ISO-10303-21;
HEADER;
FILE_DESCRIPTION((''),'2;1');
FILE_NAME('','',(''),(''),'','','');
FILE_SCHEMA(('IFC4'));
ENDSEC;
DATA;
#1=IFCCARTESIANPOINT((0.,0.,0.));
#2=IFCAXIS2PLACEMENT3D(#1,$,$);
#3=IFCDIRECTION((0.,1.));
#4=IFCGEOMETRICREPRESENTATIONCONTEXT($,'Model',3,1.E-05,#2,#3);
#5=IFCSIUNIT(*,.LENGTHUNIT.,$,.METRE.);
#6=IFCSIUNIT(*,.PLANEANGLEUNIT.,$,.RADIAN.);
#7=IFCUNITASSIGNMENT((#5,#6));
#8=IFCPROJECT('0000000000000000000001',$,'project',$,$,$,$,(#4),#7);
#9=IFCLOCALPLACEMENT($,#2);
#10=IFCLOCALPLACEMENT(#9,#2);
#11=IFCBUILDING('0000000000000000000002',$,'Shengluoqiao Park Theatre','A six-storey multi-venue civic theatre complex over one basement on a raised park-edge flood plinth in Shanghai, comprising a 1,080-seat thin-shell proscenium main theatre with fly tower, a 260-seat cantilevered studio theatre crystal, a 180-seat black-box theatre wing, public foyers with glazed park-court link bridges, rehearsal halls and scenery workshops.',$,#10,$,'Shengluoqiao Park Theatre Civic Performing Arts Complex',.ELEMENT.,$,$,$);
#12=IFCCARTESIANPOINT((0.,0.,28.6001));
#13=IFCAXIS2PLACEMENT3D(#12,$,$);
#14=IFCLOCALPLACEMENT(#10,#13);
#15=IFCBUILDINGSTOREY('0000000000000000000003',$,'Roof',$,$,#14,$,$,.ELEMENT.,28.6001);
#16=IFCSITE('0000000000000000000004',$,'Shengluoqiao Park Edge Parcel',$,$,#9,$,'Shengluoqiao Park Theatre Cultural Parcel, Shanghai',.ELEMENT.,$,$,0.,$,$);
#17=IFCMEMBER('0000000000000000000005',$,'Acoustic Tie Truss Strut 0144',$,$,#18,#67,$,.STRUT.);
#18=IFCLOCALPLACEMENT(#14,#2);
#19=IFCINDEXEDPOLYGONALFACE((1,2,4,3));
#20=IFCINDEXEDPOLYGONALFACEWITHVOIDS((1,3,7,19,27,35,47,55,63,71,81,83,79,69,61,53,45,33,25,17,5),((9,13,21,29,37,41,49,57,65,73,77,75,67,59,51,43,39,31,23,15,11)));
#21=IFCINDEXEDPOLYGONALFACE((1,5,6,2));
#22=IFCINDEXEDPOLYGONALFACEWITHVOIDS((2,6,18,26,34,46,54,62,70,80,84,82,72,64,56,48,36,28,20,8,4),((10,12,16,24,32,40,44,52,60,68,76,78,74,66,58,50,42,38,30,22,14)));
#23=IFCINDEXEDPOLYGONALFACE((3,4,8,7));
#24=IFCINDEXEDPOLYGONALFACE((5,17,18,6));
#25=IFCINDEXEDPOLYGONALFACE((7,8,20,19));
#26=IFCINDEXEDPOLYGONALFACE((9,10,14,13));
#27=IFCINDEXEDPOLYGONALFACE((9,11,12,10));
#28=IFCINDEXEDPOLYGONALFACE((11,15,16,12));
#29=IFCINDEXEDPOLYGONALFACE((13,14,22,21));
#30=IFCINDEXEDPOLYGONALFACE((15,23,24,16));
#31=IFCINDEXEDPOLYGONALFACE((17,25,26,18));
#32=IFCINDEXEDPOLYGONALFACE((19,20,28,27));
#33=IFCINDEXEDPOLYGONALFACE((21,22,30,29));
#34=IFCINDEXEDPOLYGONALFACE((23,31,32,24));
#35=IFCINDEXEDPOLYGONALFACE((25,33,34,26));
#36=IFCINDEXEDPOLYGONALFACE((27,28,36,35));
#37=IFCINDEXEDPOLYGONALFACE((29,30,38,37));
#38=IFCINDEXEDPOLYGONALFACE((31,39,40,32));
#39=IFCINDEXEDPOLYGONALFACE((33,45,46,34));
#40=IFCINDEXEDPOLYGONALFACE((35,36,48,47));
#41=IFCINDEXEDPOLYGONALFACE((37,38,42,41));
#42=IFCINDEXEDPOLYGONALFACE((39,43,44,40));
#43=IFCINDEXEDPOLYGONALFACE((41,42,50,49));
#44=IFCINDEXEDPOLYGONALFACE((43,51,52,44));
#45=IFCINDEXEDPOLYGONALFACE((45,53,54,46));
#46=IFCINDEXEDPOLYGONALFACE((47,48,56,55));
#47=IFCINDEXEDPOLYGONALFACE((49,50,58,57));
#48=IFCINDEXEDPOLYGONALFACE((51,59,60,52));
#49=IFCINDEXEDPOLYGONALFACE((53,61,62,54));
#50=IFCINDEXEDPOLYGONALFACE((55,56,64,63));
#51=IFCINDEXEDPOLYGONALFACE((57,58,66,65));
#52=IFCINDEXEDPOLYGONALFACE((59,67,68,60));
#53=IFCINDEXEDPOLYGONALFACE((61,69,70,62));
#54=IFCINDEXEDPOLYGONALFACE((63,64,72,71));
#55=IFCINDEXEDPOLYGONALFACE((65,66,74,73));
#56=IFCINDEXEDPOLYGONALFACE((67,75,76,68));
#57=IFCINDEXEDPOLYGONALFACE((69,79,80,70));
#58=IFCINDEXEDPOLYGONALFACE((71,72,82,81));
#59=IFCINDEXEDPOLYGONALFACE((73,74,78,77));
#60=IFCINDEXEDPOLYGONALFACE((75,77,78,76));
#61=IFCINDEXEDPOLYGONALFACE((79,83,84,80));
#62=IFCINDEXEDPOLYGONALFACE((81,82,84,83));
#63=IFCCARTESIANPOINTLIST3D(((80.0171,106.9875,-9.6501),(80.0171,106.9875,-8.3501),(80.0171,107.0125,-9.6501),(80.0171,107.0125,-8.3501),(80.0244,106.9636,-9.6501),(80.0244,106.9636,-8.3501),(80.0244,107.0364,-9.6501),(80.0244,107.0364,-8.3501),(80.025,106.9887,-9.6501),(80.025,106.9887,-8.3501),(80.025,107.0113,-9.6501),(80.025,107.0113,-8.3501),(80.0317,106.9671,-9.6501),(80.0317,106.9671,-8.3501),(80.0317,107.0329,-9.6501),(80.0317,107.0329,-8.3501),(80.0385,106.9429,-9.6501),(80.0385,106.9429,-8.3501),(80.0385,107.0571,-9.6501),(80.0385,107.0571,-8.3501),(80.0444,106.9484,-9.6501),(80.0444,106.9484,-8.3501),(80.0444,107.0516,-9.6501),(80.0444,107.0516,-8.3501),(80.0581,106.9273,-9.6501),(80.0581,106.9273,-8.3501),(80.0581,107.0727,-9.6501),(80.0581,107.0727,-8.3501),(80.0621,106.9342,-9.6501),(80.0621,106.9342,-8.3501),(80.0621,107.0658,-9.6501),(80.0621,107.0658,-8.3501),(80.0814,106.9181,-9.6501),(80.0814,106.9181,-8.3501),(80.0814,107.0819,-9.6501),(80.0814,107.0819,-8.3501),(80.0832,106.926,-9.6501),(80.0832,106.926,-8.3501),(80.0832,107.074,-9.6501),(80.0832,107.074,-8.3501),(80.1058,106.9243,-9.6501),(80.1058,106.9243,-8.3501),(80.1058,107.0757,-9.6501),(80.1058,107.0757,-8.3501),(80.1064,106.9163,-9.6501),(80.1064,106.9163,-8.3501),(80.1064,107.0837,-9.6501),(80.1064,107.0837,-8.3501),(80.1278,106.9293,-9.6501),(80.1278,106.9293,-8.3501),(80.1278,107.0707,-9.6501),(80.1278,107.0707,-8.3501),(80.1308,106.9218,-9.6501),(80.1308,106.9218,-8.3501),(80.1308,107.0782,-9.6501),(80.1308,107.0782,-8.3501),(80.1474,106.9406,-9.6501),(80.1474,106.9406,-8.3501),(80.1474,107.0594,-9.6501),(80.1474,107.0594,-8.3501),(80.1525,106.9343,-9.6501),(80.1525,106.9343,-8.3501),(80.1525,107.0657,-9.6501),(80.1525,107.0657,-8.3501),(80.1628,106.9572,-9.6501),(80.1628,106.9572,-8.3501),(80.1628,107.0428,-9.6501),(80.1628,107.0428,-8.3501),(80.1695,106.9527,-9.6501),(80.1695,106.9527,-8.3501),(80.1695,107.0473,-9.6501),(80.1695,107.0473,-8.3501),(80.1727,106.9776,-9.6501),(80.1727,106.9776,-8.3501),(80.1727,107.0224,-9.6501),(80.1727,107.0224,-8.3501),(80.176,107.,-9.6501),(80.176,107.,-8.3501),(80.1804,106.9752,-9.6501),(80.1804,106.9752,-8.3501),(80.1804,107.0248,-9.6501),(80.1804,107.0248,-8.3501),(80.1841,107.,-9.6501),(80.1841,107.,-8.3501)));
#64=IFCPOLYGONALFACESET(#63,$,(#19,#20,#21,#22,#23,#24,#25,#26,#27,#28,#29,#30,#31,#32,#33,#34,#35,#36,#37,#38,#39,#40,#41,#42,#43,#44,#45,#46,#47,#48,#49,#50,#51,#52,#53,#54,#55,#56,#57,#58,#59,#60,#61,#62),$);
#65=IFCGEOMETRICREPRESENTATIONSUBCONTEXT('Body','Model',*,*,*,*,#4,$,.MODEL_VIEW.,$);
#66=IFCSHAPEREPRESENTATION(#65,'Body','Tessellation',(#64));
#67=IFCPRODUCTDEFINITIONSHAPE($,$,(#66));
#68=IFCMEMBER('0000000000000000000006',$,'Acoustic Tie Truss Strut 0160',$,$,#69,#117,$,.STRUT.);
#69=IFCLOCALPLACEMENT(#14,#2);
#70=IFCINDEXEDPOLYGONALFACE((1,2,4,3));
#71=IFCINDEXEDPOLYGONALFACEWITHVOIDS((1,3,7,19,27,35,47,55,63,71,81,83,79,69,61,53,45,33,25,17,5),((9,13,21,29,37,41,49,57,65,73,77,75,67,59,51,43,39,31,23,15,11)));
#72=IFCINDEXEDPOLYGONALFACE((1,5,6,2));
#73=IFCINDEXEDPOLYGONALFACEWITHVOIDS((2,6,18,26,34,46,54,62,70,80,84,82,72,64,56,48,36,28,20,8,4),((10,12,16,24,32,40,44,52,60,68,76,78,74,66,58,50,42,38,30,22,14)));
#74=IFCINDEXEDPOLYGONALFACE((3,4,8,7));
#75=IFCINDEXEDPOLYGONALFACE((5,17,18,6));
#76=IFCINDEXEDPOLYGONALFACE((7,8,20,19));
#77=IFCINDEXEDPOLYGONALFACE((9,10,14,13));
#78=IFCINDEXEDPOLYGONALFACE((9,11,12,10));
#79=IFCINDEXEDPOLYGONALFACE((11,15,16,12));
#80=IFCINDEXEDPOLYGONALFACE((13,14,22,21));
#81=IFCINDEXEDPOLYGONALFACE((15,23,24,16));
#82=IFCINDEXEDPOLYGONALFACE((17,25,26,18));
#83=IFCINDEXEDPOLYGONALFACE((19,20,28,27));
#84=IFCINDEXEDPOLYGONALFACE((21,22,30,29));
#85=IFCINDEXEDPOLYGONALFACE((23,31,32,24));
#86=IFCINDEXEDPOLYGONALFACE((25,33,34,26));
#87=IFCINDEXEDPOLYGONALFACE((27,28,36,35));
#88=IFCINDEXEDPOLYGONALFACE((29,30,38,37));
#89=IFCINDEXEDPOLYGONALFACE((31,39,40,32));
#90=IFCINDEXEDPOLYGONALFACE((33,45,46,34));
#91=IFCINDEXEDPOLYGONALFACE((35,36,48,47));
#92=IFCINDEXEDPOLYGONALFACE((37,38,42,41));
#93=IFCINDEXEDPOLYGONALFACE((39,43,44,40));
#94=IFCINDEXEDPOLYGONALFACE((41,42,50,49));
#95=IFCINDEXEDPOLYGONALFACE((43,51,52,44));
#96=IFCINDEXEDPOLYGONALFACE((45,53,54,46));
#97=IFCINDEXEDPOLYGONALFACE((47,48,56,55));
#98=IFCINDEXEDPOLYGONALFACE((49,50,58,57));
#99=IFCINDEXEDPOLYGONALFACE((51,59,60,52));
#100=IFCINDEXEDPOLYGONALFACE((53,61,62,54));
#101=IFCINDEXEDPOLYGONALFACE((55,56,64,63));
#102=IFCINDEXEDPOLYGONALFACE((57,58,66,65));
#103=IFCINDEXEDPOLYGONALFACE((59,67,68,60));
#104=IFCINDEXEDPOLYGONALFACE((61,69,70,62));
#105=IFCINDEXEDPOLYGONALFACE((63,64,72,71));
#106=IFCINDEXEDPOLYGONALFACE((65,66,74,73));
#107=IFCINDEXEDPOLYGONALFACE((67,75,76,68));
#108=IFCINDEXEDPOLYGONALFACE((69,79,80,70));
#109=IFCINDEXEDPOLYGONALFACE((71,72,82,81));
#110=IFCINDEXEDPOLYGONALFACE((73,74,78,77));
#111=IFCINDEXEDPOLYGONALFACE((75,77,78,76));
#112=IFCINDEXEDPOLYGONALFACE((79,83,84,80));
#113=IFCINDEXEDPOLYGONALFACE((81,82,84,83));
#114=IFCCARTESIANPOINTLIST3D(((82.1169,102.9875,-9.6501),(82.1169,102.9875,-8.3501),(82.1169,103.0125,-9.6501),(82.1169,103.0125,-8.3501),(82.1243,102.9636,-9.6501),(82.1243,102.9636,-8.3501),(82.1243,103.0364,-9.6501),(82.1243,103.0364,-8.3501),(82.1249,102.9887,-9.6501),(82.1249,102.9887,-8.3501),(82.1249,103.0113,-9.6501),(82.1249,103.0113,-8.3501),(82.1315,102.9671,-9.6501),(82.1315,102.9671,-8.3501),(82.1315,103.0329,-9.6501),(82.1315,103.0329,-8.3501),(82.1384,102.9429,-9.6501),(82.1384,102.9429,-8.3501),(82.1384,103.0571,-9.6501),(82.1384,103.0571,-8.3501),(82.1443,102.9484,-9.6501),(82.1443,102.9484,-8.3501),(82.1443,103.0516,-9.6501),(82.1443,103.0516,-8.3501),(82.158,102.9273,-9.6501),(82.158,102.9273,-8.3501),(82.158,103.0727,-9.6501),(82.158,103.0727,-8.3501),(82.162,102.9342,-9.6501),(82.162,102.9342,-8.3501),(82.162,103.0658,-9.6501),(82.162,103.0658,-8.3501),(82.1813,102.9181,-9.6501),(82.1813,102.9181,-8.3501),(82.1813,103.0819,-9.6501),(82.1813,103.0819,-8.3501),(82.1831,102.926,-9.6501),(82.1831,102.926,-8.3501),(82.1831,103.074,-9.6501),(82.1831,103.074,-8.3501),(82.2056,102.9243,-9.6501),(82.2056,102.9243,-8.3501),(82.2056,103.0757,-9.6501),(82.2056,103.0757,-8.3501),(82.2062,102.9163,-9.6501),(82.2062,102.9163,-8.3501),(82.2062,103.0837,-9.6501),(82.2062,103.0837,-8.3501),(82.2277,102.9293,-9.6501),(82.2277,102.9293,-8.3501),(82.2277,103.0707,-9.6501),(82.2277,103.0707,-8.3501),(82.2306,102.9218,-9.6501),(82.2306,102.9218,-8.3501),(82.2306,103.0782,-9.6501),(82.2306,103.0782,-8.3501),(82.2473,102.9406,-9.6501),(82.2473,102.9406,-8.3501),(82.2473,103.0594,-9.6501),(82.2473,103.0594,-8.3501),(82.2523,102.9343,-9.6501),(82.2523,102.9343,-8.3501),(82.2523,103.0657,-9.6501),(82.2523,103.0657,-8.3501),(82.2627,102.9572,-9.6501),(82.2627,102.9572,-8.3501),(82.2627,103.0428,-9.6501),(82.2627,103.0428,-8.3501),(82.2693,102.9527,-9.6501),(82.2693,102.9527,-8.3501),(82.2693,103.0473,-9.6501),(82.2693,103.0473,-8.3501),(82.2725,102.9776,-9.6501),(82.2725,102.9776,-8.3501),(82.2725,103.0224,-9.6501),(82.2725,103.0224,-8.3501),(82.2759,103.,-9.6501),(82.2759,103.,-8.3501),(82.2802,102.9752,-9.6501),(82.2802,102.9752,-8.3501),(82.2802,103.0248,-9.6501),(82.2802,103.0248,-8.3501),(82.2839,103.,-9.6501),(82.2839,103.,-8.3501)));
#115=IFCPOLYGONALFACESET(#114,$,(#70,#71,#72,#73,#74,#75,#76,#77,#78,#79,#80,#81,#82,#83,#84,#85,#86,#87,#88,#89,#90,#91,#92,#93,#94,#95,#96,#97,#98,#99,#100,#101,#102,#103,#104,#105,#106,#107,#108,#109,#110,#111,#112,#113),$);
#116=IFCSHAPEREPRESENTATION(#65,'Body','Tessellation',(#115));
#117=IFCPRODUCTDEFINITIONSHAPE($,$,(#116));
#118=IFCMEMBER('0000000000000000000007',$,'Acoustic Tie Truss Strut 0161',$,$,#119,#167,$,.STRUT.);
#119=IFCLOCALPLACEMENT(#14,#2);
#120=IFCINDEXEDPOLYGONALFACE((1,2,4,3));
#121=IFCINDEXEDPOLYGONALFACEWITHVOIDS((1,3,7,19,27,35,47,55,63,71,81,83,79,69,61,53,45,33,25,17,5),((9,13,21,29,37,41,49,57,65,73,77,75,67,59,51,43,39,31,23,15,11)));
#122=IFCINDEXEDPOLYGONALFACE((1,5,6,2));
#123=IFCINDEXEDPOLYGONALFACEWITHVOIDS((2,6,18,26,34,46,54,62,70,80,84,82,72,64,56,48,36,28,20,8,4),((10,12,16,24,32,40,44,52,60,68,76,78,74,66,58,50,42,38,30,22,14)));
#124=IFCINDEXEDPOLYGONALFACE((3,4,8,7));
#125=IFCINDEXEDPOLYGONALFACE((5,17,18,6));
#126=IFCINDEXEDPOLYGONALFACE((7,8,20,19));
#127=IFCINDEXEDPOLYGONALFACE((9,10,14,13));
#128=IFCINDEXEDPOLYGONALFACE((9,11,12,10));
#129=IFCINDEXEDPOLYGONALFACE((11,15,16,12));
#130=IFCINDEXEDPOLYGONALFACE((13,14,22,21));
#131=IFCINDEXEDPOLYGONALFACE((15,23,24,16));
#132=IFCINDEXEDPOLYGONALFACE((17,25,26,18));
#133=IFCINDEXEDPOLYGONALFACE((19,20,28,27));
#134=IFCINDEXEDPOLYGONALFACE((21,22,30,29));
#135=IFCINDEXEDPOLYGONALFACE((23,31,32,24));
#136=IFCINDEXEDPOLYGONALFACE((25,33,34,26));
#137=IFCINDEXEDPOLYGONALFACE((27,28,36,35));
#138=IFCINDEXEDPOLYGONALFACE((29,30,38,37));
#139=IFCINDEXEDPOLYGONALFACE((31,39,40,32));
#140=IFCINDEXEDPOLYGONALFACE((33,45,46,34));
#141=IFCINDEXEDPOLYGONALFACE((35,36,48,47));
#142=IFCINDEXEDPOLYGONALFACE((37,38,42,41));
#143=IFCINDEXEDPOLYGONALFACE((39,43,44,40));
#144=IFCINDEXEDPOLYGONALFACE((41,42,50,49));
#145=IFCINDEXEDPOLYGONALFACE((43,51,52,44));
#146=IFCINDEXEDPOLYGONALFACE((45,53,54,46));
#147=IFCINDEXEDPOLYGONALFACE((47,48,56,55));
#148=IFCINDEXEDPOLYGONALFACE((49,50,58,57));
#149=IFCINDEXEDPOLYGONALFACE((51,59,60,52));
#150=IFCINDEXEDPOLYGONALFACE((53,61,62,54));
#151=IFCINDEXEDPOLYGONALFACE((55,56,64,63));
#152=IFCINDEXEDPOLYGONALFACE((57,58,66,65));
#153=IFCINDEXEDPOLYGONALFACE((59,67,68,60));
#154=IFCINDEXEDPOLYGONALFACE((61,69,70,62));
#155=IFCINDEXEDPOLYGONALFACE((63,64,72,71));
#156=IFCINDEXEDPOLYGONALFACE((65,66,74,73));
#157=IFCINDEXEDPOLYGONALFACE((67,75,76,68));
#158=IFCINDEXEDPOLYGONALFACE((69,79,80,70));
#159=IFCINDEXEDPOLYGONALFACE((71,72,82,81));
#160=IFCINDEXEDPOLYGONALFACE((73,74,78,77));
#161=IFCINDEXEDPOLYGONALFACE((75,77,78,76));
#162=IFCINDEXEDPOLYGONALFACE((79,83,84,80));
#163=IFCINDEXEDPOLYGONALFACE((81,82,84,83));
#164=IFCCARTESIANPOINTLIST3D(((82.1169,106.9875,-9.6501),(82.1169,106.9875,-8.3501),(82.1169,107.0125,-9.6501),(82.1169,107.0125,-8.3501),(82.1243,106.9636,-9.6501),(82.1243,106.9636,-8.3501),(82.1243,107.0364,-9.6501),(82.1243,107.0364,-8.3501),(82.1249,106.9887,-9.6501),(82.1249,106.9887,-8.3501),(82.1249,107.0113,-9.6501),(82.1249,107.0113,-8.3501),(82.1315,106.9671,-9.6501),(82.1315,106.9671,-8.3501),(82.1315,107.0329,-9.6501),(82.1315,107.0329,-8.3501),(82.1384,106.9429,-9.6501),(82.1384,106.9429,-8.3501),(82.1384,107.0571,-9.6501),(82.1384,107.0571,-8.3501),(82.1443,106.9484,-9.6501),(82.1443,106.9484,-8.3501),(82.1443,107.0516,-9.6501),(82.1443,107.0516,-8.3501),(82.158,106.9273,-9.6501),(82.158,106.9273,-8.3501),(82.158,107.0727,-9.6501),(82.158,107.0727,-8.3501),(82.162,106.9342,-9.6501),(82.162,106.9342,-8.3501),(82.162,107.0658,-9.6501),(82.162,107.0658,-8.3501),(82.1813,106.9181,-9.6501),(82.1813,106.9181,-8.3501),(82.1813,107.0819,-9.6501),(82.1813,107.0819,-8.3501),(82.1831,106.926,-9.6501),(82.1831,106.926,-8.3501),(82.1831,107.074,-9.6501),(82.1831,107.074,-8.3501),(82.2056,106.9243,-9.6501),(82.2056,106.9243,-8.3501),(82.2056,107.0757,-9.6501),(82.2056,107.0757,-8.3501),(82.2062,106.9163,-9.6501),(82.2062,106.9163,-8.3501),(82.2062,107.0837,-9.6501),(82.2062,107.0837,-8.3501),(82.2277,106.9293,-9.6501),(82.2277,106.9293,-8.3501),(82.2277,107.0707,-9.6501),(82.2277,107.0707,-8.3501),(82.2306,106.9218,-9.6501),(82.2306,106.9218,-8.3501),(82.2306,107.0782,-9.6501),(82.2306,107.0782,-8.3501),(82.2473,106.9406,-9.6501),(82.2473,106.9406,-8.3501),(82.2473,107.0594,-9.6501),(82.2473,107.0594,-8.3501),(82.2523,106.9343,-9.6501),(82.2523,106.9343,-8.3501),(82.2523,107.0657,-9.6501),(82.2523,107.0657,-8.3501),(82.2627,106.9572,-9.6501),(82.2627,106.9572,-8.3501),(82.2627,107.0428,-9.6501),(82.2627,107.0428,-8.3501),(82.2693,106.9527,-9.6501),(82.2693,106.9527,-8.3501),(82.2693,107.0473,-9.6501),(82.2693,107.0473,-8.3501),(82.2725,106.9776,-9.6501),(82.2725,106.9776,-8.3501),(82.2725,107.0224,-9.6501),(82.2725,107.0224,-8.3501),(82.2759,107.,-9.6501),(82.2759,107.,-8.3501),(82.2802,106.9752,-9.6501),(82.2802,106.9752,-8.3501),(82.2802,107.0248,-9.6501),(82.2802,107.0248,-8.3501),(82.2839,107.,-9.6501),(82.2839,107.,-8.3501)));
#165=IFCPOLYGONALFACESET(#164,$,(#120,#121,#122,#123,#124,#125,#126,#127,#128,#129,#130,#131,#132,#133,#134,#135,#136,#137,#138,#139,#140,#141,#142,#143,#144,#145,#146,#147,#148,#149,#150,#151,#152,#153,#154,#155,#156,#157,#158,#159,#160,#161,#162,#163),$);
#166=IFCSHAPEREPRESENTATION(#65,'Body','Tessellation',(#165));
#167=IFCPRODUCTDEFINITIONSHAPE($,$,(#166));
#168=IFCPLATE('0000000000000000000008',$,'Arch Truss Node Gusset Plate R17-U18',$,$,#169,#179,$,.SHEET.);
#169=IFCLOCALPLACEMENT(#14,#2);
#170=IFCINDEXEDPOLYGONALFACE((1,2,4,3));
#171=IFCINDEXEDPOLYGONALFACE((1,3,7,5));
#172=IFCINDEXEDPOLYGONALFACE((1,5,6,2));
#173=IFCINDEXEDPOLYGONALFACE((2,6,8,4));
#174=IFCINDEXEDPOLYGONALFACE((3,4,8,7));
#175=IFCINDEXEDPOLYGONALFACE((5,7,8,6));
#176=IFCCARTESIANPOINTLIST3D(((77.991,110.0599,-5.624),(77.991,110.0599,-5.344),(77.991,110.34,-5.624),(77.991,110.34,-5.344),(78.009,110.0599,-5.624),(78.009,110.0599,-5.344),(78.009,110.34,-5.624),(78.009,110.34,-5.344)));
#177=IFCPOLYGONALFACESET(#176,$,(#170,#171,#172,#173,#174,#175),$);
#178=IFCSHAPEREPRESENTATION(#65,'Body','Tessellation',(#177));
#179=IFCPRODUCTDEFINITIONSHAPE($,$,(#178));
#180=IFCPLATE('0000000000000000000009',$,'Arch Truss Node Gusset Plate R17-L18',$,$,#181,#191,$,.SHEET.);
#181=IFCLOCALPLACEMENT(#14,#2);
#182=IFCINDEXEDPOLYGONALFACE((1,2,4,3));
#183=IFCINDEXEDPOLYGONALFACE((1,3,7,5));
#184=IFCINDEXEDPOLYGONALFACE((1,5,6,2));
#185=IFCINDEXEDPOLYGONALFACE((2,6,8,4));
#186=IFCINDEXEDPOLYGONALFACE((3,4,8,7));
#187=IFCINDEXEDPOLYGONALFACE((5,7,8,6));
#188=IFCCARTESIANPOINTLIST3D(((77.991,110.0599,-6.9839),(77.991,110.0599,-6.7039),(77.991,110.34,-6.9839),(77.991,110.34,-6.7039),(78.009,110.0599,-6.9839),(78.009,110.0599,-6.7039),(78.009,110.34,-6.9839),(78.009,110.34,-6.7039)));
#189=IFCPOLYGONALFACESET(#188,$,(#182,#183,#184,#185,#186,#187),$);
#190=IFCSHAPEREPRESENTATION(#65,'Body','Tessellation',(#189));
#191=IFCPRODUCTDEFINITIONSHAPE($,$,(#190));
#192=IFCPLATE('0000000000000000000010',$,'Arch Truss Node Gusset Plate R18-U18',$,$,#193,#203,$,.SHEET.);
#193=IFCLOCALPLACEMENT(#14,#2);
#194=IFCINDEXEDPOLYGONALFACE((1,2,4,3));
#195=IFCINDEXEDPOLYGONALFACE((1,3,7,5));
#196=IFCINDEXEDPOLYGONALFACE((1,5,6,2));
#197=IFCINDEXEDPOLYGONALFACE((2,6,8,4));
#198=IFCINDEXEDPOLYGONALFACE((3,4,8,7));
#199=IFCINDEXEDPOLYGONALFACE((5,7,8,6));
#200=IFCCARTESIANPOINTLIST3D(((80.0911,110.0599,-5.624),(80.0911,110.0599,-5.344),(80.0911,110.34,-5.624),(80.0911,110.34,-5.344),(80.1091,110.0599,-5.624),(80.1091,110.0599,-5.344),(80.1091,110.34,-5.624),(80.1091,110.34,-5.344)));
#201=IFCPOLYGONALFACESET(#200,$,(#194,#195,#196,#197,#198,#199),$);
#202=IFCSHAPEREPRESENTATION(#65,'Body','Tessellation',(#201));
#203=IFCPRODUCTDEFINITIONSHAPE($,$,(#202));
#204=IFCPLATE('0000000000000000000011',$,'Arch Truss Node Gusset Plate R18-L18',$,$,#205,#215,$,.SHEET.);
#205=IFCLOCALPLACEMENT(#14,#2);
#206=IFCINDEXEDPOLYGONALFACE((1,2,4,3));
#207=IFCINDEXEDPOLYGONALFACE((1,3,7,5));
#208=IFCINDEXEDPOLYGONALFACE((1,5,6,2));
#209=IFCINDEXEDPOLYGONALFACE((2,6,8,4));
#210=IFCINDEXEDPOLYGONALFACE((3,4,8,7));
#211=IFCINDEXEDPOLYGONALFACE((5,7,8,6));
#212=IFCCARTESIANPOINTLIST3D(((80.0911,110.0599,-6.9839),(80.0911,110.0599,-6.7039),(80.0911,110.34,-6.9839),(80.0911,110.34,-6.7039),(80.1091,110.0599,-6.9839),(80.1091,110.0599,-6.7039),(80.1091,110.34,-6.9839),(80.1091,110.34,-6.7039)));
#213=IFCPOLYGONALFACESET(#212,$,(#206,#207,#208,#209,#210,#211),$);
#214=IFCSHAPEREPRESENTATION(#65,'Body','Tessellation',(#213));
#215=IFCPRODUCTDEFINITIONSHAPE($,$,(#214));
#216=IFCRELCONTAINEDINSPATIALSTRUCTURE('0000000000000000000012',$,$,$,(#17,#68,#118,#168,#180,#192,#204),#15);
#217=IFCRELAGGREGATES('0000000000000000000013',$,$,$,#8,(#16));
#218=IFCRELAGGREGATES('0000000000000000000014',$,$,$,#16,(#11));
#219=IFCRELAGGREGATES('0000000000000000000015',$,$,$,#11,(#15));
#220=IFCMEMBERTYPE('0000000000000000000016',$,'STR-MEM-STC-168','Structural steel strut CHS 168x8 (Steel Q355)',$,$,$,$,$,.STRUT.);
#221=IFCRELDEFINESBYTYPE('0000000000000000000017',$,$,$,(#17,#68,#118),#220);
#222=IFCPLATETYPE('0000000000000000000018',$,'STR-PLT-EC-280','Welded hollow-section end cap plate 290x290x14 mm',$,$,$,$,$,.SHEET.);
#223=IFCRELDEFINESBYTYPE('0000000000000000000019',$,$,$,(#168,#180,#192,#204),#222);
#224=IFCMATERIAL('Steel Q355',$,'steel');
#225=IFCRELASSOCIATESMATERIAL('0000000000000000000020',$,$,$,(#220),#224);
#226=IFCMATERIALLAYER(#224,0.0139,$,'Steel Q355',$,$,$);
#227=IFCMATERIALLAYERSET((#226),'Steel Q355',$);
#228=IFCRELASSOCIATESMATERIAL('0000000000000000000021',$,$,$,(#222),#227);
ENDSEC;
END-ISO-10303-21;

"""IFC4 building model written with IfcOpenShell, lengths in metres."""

from ifc_helpers import new_model, si_unit, direction, frame, origin, origin_2d, place, context, subcontext, project, spatial, rectangle, hollow_circle, extrude, material, layer, layer_set, material_profile, profile_set, type_object, element, save


model = new_model("IFC4")

# Units and contexts
model_context = context("Model", 3, precision=1e-05, world=origin(), true_north=direction((0.0, 1.0)))
body_context = subcontext(model_context, "Body", "Model", "MODEL_VIEW")
ifc_project = project(units=[si_unit("LENGTHUNIT", "METRE"), si_unit("PLANEANGLEUNIT", "RADIAN")], contexts=[model_context])

# Site, building, storey
site_placement = place(None, origin())
site = spatial("IfcSite", under=ifc_project, at=site_placement, Name="Shengluoqiao Park Edge Parcel", LongName="Shengluoqiao Park Theatre Cultural Parcel, Shanghai", CompositionType="ELEMENT", RefElevation=0.0)
building_placement = place(site_placement, origin())
building = spatial("IfcBuilding", under=site, at=building_placement, Name="Shengluoqiao Park Theatre", Description="A six-storey multi-venue civic theatre complex over one basement on a raised park-edge flood plinth in Shanghai, comprising a 1,080-seat thin-shell proscenium main theatre with fly tower, a 260-seat cantilevered studio theatre crystal, a 180-seat black-box theatre wing, public foyers with glazed park-court link bridges, rehearsal halls and scenery workshops.", LongName="Shengluoqiao Park Theatre Civic Performing Arts Complex", CompositionType="ELEMENT")
storey_placement = place(building_placement, frame((0.0, 0.0, 28.6001)))
storey = spatial("IfcBuildingStorey", under=building, at=storey_placement, Name="Roof", CompositionType="ELEMENT", Elevation=28.6001)

# Shared definitions
ifc_material = material(Name="Steel Q355", Category="steel")

# Members
ifc_material_profile_1 = material_profile(ifc_material, hollow_circle(Radius=0.084, WallThickness=0.0081, at=origin_2d()), Name="CHS 168x8")
ifc_profile_set_1 = profile_set([ifc_material_profile_1], Name="Steel Q355")
member_type_1 = type_object("IfcMemberType", Name="STR-MEM-STC-168", Description="Structural steel strut CHS 168x8 (Steel Q355)", PredefinedType="STRUT", material=ifc_profile_set_1)
for number, where, z_axis, x_axis, name in (
    (1, (80.1001, 107.0, -9.6501), (0.0, 0.0, 1.0), (1.0, 0.0, 0.0), "Acoustic Tie Truss Strut 0144"),
    (2, (82.2, 103.0, -9.6501), (0.0, 0.0, 1.0), (1.0, 0.0, 0.0), "Acoustic Tie Truss Strut 0160"),
    (3, (82.2, 107.0, -9.6501), (0.0, 0.0, 1.0), (1.0, 0.0, 0.0), "Acoustic Tie Truss Strut 0161"),
):
    element("IfcMember", number, at=place(storey_placement, frame(where, z_axis=z_axis, x_axis=x_axis)), inside=storey, type_object=member_type_1, Name=name, PredefinedType="STRUT", context=body_context, shape_type="SweptSolid", body=[
        extrude(hollow_circle(Radius=0.084, WallThickness=0.0081, at=origin_2d()), origin(), (0.0, 0.0, 1.0), 1.3),
    ])

# Plates
ifc_layer = layer(ifc_material, 0.0139, Name="Steel Q355")
ifc_layer_set = layer_set([ifc_layer], Name="Steel Q355")
plate_type = type_object("IfcPlateType", Name="STR-PLT-EC-280", Description="Welded hollow-section end cap plate 290x290x14 mm", PredefinedType="SHEET", material=ifc_layer_set)
for number, where, z_axis, x_axis, name in (
    (4, (78.0, 110.2, -5.624), (0.0, 0.0, 1.0), (1.0, 0.0, 0.0), "Arch Truss Node Gusset Plate R17-U18"),
    (5, (78.0, 110.2, -6.9839), (0.0, 0.0, 1.0), (1.0, 0.0, 0.0), "Arch Truss Node Gusset Plate R17-L18"),
    (6, (80.1001, 110.2, -5.624), (0.0, 0.0, 1.0), (1.0, 0.0, 0.0), "Arch Truss Node Gusset Plate R18-U18"),
    (7, (80.1001, 110.2, -6.9839), (0.0, 0.0, 1.0), (1.0, 0.0, 0.0), "Arch Truss Node Gusset Plate R18-L18"),
):
    element("IfcPlate", number, at=place(storey_placement, frame(where, z_axis=z_axis, x_axis=x_axis)), inside=storey, type_object=plate_type, Name=name, PredefinedType="SHEET", context=body_context, shape_type="SweptSolid", body=[
        extrude(rectangle(XDim=0.0181, YDim=0.28, at=origin_2d()), origin(), (0.0, 0.0, 1.0), 0.28),
    ])

save(model, "model.ifc")
